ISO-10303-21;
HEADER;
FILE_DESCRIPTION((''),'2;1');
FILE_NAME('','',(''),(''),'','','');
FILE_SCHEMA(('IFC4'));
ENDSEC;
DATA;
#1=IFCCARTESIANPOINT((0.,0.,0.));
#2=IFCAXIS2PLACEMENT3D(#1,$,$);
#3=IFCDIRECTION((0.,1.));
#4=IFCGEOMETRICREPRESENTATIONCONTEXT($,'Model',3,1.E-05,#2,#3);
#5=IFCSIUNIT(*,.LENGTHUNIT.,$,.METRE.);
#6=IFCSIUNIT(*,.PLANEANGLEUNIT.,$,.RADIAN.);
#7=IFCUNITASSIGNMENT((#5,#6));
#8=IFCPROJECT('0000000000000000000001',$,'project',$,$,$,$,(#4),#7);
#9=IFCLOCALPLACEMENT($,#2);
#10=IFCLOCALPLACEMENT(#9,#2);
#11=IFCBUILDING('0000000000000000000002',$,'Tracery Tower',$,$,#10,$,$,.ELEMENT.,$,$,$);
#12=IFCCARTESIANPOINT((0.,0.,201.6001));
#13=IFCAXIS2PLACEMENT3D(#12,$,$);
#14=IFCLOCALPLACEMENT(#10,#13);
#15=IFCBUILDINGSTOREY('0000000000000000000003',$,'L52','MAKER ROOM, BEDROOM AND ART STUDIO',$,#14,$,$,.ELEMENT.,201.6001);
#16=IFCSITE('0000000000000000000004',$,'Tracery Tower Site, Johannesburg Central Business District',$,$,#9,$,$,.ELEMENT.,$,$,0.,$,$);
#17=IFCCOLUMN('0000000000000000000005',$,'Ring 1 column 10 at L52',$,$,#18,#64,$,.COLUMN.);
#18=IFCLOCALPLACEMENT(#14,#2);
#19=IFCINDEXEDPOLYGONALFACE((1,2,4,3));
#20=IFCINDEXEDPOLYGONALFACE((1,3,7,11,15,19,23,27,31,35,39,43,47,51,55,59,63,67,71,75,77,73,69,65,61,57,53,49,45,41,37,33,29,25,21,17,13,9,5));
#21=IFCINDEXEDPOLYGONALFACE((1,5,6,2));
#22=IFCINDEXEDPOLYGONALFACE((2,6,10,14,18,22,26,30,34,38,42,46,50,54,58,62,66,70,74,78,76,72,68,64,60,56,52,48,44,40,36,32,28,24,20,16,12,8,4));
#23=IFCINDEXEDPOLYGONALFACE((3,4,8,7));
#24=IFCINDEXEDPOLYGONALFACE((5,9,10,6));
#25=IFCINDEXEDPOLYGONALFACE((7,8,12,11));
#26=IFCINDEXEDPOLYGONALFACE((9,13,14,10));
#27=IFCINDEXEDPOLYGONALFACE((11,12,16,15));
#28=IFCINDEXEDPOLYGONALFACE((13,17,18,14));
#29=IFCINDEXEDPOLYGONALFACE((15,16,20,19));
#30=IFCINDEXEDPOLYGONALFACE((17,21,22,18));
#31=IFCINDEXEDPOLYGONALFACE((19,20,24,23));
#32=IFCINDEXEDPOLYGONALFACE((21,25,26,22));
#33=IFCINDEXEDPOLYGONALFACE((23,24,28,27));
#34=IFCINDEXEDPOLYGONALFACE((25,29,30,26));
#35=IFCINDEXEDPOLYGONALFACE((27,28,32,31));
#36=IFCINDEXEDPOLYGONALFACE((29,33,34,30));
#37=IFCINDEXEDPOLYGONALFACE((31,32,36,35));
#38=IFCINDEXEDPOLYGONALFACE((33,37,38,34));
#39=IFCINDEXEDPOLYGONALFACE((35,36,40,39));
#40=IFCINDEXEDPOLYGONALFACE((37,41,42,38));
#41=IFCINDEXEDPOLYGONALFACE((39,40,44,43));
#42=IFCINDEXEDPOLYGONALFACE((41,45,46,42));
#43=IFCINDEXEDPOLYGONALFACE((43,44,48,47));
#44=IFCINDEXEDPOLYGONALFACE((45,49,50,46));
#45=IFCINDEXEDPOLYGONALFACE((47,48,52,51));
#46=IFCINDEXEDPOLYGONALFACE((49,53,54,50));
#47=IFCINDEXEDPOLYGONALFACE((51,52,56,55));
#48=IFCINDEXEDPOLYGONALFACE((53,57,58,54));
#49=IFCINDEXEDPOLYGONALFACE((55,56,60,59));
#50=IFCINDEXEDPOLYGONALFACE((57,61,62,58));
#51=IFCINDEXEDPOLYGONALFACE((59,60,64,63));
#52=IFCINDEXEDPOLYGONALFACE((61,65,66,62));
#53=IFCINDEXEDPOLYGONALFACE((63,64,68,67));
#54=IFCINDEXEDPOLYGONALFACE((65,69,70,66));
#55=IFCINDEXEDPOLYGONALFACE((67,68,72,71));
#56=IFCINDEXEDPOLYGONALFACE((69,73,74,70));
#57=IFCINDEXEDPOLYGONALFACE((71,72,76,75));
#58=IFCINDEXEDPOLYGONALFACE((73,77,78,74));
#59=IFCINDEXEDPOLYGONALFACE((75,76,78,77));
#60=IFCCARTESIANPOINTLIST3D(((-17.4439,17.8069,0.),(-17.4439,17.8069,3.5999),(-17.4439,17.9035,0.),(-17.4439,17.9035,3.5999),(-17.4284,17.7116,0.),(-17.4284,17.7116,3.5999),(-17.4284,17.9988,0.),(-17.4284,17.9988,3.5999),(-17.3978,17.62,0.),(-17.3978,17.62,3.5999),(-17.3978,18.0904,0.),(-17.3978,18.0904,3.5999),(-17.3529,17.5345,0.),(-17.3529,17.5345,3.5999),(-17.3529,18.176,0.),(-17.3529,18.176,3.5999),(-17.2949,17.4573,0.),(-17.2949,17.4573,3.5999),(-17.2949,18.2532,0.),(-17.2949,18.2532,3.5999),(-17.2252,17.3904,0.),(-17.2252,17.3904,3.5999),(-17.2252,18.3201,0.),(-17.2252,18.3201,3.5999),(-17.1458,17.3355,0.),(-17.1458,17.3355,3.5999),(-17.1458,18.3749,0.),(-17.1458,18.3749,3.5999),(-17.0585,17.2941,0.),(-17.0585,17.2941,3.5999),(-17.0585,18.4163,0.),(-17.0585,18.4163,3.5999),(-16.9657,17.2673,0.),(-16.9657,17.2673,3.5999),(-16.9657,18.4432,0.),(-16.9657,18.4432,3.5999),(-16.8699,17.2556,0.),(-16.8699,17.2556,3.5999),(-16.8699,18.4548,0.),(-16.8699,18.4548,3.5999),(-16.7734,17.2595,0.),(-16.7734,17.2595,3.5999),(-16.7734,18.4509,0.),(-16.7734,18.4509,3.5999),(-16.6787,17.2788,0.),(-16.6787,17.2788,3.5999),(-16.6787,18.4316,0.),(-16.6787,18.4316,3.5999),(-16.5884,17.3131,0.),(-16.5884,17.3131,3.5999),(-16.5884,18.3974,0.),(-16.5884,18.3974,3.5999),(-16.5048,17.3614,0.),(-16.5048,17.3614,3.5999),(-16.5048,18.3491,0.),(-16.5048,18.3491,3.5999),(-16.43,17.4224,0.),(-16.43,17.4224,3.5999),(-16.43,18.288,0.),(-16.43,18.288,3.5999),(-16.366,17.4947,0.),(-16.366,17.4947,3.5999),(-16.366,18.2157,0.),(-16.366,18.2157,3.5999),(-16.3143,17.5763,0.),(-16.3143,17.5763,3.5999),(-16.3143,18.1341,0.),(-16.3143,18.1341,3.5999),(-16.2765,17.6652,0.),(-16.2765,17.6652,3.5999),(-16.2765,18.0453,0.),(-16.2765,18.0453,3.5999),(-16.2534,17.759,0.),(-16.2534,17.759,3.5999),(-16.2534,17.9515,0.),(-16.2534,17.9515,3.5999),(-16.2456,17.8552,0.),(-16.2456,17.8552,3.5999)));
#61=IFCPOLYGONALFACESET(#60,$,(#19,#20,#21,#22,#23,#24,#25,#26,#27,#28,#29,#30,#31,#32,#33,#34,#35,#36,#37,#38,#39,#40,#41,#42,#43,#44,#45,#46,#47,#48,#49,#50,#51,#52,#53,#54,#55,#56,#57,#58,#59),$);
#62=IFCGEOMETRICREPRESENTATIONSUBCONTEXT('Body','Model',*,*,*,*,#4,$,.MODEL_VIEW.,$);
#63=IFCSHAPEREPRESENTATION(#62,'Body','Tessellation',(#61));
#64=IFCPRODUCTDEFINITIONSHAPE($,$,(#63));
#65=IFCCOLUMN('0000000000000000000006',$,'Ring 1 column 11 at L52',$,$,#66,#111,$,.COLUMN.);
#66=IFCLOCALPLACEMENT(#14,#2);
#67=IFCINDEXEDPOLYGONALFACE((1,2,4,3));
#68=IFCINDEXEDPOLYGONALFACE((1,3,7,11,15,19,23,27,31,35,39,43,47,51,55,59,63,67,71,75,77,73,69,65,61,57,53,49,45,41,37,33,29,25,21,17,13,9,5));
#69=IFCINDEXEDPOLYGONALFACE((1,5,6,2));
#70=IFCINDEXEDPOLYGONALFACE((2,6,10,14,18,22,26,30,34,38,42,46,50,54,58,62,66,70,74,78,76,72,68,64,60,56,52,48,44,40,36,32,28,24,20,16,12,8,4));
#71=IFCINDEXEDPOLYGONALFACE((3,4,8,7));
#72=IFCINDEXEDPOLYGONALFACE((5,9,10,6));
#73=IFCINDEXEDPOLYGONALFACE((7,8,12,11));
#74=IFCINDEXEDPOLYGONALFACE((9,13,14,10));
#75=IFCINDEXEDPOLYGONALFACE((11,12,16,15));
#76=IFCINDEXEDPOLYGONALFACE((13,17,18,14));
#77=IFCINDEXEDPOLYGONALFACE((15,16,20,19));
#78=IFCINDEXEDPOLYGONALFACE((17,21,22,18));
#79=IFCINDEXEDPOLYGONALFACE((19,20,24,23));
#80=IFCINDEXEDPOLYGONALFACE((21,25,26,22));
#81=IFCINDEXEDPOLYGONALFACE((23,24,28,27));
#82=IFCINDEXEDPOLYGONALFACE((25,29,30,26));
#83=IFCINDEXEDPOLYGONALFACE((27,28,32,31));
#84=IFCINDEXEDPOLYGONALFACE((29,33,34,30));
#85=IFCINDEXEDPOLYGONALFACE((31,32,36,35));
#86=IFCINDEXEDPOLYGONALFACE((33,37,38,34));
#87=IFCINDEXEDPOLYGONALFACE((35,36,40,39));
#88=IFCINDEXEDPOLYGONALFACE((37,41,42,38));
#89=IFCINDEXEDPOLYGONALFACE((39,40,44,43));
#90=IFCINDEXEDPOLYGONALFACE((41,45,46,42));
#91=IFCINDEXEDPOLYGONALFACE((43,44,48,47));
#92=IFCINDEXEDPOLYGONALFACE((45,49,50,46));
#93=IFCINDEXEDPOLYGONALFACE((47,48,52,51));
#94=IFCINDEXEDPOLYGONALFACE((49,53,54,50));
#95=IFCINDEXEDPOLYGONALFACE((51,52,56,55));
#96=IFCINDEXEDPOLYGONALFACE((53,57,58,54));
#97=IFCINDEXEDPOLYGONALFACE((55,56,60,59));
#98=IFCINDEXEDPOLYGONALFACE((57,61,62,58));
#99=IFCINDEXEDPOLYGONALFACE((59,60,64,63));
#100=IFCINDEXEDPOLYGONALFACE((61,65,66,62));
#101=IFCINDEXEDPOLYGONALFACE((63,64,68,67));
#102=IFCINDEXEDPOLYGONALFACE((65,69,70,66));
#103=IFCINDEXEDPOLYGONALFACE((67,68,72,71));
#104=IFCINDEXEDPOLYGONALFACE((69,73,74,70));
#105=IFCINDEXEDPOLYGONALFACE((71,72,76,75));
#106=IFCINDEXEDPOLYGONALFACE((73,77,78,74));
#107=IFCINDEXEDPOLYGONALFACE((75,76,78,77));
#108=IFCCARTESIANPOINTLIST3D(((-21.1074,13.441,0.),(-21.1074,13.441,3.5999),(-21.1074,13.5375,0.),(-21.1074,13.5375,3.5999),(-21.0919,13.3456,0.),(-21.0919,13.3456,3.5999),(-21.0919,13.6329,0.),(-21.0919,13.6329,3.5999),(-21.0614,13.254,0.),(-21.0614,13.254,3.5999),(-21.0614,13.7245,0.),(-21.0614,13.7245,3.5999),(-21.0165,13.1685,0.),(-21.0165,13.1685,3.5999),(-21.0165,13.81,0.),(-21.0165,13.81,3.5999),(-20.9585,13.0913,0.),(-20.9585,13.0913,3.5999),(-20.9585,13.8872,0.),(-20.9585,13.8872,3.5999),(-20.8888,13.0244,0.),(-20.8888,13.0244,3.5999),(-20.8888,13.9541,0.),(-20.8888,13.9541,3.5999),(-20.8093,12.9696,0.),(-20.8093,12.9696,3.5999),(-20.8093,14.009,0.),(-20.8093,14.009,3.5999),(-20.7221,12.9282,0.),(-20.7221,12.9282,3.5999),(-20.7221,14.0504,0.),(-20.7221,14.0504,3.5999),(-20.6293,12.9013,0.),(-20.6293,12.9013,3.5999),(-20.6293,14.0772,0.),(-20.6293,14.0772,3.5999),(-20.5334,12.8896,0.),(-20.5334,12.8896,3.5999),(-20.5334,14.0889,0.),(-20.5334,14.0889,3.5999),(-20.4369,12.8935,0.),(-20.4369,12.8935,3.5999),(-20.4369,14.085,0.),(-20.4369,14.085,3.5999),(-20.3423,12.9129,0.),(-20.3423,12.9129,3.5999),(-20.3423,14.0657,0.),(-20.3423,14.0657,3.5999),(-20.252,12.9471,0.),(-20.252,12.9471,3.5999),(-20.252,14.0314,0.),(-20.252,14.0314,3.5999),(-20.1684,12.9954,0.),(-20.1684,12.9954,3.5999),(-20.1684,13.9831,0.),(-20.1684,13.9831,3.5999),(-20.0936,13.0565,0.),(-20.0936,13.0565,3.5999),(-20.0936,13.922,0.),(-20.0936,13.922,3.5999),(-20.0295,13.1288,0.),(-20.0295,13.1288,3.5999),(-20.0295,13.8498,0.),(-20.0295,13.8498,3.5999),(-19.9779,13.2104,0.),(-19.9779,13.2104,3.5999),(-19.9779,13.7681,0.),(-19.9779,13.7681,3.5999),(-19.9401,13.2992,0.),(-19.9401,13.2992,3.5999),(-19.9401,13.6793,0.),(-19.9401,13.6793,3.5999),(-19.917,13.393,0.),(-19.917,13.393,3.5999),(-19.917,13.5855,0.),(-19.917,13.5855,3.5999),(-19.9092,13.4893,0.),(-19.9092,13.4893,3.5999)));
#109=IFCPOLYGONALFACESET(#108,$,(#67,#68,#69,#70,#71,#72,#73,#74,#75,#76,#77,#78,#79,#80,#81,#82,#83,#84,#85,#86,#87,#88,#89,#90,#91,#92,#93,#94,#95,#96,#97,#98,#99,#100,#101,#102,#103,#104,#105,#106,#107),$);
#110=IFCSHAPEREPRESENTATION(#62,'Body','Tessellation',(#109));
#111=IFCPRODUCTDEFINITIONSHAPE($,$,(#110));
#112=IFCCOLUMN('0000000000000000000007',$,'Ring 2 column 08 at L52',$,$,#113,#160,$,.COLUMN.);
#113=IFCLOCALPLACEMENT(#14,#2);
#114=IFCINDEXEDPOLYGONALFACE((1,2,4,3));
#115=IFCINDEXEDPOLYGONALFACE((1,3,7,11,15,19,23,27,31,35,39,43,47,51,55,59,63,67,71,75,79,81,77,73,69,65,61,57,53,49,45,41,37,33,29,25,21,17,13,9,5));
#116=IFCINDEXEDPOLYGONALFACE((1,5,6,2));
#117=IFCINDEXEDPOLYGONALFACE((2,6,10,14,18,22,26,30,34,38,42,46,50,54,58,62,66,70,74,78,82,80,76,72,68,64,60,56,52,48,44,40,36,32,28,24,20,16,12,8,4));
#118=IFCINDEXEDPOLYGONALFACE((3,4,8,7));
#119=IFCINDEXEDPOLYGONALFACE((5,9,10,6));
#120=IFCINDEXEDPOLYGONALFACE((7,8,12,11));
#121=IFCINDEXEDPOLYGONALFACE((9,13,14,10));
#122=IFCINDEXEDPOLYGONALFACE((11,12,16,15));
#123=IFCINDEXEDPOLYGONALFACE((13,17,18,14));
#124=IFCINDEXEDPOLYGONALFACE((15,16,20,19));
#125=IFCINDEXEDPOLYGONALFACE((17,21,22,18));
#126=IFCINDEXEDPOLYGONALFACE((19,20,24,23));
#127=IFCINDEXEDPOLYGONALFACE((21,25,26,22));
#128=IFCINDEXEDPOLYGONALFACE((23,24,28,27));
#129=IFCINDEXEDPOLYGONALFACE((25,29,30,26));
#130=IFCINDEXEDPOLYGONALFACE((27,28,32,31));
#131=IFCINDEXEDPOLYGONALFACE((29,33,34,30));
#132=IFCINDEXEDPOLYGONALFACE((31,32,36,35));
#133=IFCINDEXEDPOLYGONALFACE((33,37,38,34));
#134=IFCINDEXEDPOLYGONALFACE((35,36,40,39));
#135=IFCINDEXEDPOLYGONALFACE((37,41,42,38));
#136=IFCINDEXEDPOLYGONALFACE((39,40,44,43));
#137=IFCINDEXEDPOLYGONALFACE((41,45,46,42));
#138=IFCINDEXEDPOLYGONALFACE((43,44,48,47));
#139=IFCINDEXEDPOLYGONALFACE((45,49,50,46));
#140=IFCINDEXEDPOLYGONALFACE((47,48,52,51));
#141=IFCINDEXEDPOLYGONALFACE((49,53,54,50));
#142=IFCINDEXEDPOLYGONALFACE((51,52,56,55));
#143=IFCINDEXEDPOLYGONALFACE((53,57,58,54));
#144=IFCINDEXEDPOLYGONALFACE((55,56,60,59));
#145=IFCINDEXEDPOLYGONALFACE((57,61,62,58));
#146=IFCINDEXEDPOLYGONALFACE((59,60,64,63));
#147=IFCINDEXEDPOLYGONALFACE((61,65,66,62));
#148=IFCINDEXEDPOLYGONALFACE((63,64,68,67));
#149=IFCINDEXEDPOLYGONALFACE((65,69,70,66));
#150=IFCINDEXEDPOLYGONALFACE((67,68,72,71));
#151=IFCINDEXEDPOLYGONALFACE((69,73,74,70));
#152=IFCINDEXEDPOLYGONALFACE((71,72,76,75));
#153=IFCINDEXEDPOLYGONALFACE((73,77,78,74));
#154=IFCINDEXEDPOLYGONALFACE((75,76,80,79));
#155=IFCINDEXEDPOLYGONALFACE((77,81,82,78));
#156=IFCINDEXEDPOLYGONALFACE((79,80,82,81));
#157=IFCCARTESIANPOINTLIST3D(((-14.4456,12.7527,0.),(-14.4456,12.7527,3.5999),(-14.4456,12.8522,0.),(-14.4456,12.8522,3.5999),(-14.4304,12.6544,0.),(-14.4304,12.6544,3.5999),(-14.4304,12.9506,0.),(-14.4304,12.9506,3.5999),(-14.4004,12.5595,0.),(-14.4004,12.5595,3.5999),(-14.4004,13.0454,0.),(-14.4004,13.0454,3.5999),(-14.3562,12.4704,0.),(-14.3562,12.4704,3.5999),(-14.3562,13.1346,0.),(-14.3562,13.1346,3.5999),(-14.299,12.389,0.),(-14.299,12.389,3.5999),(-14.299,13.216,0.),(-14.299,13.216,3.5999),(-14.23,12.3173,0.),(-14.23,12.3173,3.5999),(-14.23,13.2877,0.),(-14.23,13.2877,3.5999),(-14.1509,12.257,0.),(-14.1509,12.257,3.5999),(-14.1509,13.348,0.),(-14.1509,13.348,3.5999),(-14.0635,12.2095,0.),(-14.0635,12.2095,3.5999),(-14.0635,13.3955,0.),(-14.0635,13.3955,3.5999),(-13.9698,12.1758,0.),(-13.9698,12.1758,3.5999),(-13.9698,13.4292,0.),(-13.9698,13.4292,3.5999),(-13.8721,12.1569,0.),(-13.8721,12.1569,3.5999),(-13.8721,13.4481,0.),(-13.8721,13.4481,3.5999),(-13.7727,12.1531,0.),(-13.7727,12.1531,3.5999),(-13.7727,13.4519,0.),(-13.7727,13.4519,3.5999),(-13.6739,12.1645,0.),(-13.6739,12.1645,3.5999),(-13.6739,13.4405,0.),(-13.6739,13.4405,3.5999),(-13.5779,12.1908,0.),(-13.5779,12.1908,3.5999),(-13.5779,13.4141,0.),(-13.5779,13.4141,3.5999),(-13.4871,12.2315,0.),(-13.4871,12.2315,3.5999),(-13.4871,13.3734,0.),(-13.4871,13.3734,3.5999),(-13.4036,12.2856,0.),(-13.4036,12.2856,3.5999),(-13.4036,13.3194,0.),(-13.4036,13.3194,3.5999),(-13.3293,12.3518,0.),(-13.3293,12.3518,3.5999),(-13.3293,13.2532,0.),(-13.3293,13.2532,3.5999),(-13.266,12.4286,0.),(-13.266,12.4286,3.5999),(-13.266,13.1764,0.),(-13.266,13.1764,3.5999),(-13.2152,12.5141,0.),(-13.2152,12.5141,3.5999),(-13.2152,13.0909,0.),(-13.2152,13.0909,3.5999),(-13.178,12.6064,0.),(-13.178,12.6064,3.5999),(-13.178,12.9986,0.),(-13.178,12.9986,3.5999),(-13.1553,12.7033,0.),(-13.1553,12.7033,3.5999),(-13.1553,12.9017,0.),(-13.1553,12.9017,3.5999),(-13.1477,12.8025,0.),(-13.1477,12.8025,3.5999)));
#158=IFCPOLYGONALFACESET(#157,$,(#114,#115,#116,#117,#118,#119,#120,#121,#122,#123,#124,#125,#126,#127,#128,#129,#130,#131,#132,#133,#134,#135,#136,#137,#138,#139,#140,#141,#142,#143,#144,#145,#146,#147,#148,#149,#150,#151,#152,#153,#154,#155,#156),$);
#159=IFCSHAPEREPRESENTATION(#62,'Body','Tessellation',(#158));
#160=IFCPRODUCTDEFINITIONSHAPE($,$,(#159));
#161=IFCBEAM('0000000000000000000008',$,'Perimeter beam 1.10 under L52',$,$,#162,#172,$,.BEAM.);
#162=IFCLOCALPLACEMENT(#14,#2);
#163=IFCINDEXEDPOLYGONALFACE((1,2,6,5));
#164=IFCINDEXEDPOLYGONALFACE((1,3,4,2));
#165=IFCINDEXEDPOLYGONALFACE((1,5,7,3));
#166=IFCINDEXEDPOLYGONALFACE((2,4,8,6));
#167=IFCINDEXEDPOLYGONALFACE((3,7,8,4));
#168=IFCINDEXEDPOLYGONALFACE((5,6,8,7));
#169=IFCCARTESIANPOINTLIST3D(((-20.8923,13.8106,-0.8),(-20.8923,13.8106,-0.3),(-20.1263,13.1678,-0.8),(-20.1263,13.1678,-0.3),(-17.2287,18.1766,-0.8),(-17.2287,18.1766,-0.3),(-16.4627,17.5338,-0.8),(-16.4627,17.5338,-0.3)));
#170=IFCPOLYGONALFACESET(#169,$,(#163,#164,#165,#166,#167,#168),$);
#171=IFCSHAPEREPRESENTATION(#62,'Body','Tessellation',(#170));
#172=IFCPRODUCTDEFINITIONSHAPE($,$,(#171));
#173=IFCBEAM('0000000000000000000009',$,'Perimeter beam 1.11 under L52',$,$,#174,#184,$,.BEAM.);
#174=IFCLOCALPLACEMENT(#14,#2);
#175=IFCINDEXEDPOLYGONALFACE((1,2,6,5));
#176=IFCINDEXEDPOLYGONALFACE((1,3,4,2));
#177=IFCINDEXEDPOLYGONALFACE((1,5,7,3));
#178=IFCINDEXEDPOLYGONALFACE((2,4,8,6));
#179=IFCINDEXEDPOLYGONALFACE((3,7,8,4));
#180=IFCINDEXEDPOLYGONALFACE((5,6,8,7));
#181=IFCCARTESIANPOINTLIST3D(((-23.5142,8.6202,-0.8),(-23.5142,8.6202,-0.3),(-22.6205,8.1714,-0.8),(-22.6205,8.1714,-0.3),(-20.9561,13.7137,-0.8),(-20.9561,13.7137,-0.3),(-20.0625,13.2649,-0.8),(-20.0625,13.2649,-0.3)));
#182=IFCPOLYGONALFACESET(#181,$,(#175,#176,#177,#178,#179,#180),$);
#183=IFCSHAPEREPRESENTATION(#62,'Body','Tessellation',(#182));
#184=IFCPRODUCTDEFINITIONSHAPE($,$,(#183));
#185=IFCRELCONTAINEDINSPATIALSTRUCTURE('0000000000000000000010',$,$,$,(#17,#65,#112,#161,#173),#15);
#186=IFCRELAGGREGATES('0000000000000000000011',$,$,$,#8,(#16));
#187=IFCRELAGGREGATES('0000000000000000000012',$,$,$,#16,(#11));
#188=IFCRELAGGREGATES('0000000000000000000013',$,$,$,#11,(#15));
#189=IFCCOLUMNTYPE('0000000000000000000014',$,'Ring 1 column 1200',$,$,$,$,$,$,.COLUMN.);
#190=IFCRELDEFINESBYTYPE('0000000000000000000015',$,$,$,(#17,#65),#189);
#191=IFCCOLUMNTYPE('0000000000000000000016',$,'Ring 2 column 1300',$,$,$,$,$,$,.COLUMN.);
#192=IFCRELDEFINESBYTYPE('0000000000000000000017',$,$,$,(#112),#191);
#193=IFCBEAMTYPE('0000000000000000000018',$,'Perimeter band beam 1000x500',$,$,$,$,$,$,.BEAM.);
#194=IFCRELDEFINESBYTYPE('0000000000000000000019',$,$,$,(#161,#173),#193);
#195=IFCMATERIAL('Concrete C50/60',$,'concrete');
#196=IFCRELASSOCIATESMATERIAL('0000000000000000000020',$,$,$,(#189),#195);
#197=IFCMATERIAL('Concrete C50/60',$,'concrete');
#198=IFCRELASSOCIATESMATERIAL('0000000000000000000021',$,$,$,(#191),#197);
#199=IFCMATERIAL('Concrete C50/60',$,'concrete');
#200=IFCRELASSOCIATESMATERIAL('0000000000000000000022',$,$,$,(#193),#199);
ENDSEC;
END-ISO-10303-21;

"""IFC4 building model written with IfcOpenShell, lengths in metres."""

from ifc_helpers import new_model, si_unit, direction, frame, origin, origin_2d, place, context, subcontext, project, spatial, rectangle, circle, extrude, material, material_profile, profile_set, type_object, element, save


model = new_model("IFC4")

# Units and contexts
model_context = context("Model", 3, precision=1e-05, world=origin(), true_north=direction((0.0, 1.0)))
body_context = subcontext(model_context, "Body", "Model", "MODEL_VIEW")
ifc_project = project(units=[si_unit("LENGTHUNIT", "METRE"), si_unit("PLANEANGLEUNIT", "RADIAN")], contexts=[model_context])

# Site, building, storey
site_placement = place(None, origin())
site = spatial("IfcSite", under=ifc_project, at=site_placement, Name="Tracery Tower Site, Johannesburg Central Business District", CompositionType="ELEMENT", RefElevation=0.0)
building_placement = place(site_placement, origin())
building = spatial("IfcBuilding", under=site, at=building_placement, Name="Tracery Tower", CompositionType="ELEMENT")
storey_placement = place(building_placement, frame((0.0, 0.0, 201.6001)))
storey = spatial("IfcBuildingStorey", under=building, at=storey_placement, Name="L52", Description="MAKER ROOM, BEDROOM AND ART STUDIO", CompositionType="ELEMENT", Elevation=201.6001)

# Columns
ifc_material_1 = material(Name="Concrete C50/60", Category="concrete")
ifc_material_profile_1 = material_profile(ifc_material_1, circle(Radius=0.6001, at=origin_2d()), Name="RC D1200")
ifc_profile_set_1 = profile_set([ifc_material_profile_1], Name="Concrete C50/60")
column_type_1 = type_object("IfcColumnType", Name="Ring 1 column 1200", PredefinedType="COLUMN", material=ifc_profile_set_1)
for number, where, z_axis, x_axis, name in (
    (1, (-16.8457, 17.8552, 0.0), (0.0, 0.0, 1.0), (1.0, 0.0, 0.0), "Ring 1 column 10 at L52"),
    (2, (-20.5093, 13.4893, 0.0), (0.0, 0.0, 1.0), (1.0, 0.0, 0.0), "Ring 1 column 11 at L52"),
):
    element("IfcColumn", number, at=place(storey_placement, frame(where, z_axis=z_axis, x_axis=x_axis)), inside=storey, type_object=column_type_1, Name=name, PredefinedType="COLUMN", context=body_context, shape_type="SweptSolid", body=[
        extrude(circle(Radius=0.6001, at=origin_2d()), origin(), (0.0, 0.0, 1.0), 3.5999),
    ])
ifc_material_2 = material(Name="Concrete C50/60", Category="concrete")
ifc_material_profile_2 = material_profile(ifc_material_2, circle(Radius=0.6499, at=origin_2d()), Name="RC D1300")
ifc_profile_set_2 = profile_set([ifc_material_profile_2], Name="Concrete C50/60")
column_type_2 = type_object("IfcColumnType", Name="Ring 2 column 1300", PredefinedType="COLUMN", material=ifc_profile_set_2)
column_placement = place(storey_placement, frame((-13.7976, 12.8025, 0.0), z_axis=(0.0, 0.0, 1.0), x_axis=(1.0, 0.0, 0.0)))
element("IfcColumn", 3, at=column_placement, inside=storey, type_object=column_type_2, Name="Ring 2 column 08 at L52", PredefinedType="COLUMN", context=body_context, shape_type="SweptSolid", body=[
    extrude(circle(Radius=0.6499, at=origin_2d()), origin(), (0.0, 0.0, 1.0), 3.5999),
])

# Beams
ifc_material_3 = material(Name="Concrete C50/60", Category="concrete")
ifc_material_profile_3 = material_profile(ifc_material_3, rectangle(XDim=1.0, YDim=0.5, at=origin_2d()), Name="RC 1000x500")
ifc_profile_set_3 = profile_set([ifc_material_profile_3], Name="Concrete C50/60")
beam_type = type_object("IfcBeamType", Name="Perimeter band beam 1000x500", PredefinedType="BEAM", material=ifc_profile_set_3)
beam_1_placement = place(storey_placement, frame((-16.8457, 17.8552, -0.55), z_axis=(-0.642797, -0.766036, 0.0), x_axis=(0.766036, -0.642797, 0.0)))
element("IfcBeam", 4, at=beam_1_placement, inside=storey, type_object=beam_type, Name="Perimeter beam 1.10 under L52", PredefinedType="BEAM", context=body_context, shape_type="SweptSolid", body=[
    extrude(rectangle(XDim=1.0, YDim=0.5, at=origin_2d()), origin(), (0.0, 0.0, 1.0), 5.6995),
])
beam_2_placement = place(storey_placement, frame((-20.5093, 13.4893, -0.55), z_axis=(-0.448806, -0.893629, 0.0), x_axis=(0.893629, -0.448806, 0.0)))
element("IfcBeam", 5, at=beam_2_placement, inside=storey, type_object=beam_type, Name="Perimeter beam 1.11 under L52", PredefinedType="BEAM", context=body_context, shape_type="SweptSolid", body=[
    extrude(rectangle(XDim=1.0, YDim=0.5, at=origin_2d()), origin(), (0.0, 0.0, 1.0), 5.6997),
])

save(model, "model.ifc")
